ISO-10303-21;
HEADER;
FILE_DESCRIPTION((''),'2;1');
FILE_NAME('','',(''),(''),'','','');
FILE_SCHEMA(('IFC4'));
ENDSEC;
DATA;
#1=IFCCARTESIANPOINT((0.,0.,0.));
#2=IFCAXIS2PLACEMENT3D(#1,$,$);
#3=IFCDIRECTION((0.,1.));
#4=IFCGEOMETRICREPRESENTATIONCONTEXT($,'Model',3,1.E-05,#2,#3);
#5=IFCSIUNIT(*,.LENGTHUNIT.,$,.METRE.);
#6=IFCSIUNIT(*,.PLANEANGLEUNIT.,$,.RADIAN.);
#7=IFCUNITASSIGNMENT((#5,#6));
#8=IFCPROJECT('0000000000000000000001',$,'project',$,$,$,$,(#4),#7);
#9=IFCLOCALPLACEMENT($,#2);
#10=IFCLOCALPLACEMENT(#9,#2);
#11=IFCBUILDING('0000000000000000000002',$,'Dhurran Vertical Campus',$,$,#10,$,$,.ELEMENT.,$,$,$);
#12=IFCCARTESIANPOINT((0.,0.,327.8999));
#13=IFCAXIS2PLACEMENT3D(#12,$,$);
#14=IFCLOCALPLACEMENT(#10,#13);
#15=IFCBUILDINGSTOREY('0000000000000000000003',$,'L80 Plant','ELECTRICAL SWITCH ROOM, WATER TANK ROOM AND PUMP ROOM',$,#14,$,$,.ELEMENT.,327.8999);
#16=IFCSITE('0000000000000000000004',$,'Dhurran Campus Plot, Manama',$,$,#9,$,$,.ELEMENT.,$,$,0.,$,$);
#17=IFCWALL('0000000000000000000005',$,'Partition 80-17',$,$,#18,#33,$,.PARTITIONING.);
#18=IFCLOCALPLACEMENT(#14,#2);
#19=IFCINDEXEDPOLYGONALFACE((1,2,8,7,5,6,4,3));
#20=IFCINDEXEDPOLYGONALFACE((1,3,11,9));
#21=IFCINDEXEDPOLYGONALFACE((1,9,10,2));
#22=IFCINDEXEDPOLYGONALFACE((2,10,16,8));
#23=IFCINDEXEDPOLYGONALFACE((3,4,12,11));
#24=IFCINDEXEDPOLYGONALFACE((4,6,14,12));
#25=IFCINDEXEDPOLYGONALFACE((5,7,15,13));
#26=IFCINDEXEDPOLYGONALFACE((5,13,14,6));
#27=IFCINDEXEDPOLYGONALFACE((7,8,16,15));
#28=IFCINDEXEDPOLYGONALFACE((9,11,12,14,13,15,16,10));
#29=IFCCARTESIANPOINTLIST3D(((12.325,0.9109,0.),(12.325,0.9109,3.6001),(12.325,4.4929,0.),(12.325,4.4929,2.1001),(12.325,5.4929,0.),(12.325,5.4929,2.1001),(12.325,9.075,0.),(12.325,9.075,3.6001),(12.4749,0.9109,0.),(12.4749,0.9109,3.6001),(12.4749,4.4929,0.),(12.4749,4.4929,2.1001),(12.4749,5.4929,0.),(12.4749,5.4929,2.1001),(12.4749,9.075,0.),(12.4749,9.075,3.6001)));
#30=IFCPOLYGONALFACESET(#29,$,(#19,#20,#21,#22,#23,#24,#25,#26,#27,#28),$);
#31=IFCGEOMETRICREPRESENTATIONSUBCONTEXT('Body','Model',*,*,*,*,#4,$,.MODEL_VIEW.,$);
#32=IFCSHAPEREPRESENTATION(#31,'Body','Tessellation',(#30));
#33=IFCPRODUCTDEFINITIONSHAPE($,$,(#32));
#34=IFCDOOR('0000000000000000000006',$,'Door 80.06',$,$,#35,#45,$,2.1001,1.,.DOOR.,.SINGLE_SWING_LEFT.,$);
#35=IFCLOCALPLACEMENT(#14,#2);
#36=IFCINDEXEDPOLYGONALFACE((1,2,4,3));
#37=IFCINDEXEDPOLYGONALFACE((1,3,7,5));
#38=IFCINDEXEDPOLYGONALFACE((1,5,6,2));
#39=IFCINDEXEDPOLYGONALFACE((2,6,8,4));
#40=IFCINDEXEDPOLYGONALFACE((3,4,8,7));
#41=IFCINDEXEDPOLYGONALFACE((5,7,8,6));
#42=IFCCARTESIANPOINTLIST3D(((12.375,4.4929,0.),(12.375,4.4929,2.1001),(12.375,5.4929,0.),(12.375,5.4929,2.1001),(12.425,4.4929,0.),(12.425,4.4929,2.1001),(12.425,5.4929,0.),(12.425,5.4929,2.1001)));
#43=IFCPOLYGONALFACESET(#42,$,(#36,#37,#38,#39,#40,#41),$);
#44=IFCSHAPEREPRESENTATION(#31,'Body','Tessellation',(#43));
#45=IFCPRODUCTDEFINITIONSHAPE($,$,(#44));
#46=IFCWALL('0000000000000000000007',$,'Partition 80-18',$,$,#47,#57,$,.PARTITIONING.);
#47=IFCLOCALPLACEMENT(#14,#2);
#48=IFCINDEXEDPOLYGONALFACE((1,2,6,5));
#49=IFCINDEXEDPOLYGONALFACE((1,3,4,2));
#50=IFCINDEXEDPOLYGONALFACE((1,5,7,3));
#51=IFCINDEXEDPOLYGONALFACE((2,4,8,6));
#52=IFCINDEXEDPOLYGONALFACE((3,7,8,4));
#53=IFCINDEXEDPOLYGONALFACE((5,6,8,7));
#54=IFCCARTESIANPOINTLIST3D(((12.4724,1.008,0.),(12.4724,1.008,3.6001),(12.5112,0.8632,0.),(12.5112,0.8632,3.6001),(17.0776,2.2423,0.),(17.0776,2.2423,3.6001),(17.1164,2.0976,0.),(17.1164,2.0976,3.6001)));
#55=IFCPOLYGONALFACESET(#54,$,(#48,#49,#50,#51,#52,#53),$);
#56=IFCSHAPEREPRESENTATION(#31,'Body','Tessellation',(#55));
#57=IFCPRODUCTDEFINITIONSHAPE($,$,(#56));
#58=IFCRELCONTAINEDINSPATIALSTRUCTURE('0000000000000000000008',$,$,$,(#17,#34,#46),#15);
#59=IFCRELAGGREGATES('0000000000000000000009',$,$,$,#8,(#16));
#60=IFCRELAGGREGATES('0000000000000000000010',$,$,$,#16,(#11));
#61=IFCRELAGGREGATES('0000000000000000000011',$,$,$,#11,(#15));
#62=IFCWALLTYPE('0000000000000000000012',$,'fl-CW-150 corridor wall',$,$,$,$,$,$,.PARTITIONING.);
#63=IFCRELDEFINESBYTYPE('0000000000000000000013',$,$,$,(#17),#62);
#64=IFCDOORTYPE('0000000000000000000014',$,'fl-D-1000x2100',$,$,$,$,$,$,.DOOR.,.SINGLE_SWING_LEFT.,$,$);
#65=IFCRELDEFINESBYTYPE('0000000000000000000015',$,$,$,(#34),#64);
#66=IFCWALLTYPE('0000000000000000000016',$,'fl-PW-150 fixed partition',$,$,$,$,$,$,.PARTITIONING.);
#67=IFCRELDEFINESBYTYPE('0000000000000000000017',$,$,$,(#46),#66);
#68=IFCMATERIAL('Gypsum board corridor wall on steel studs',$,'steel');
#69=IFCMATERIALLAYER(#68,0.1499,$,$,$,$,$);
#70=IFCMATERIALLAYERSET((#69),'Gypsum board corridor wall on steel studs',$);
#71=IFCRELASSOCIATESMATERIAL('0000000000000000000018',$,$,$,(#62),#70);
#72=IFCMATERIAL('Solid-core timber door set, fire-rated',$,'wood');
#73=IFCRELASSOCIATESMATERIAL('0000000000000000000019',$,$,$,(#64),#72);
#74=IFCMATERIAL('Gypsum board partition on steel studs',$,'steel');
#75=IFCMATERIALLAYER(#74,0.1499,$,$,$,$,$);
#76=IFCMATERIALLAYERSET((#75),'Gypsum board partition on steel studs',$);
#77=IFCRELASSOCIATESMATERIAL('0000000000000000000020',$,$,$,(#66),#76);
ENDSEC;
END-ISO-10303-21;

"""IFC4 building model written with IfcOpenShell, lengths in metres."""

from ifc_helpers import new_model, si_unit, direction, frame, frame_2d, origin, place, context, subcontext, project, spatial, rectangle, extrude, material, layer, layer_set, type_object, element, fill, save


model = new_model("IFC4")

# Units and contexts
model_context = context("Model", 3, precision=1e-05, world=origin(), true_north=direction((0.0, 1.0)))
body_context = subcontext(model_context, "Body", "Model", "MODEL_VIEW")
ifc_project = project(units=[si_unit("LENGTHUNIT", "METRE"), si_unit("PLANEANGLEUNIT", "RADIAN")], contexts=[model_context])

# Site, building, storey
site_placement = place(None, origin())
site = spatial("IfcSite", under=ifc_project, at=site_placement, Name="Dhurran Campus Plot, Manama", CompositionType="ELEMENT", RefElevation=0.0)
building_placement = place(site_placement, origin())
building = spatial("IfcBuilding", under=site, at=building_placement, Name="Dhurran Vertical Campus", CompositionType="ELEMENT")
storey_placement = place(building_placement, frame((0.0, 0.0, 327.8999)))
storey = spatial("IfcBuildingStorey", under=building, at=storey_placement, Name="L80 Plant", Description="ELECTRICAL SWITCH ROOM, WATER TANK ROOM AND PUMP ROOM", CompositionType="ELEMENT", Elevation=327.8999)

# Shared definitions
ifc_material_1 = material(Name="Gypsum board corridor wall on steel studs", Category="steel")
ifc_layer_1 = layer(ifc_material_1, 0.1499)
ifc_layer_set_1 = layer_set([ifc_layer_1], Name="Gypsum board corridor wall on steel studs")
wall_type_1 = type_object("IfcWallType", Name="fl-CW-150 corridor wall", PredefinedType="PARTITIONING", material=ifc_layer_set_1)

# Wall, opening, door
wall_1_placement = place(storey_placement, frame((12.3999, 0.9109, 0.0), z_axis=(0.0, 0.0, 1.0), x_axis=(0.0, 1.0, 0.0)))
wall_1 = element("IfcWall", 1, at=wall_1_placement, inside=storey, type_object=wall_type_1, Name="Partition 80-17", PredefinedType="PARTITIONING", context=body_context, shape_type="SweptSolid", body=[
    extrude(rectangle(XDim=8.1641, YDim=0.1499, at=frame_2d((4.082, 0.0))), origin(), (0.0, 0.0, 1.0), 3.6001),
])
opening_placement = place(wall_1_placement, frame((3.582, 0.0, 0.0)))
opening = element("IfcOpeningElement", 2, at=opening_placement, cuts=wall_1, PredefinedType="OPENING", context=body_context, shape_type="SweptSolid", body=[
    extrude(rectangle(XDim=1.0, YDim=2.1001, at=frame_2d((0.5, 1.05))), frame((0.0, 0.085, 0.0), z_axis=(0.0, -1.0, 0.0), x_axis=(1.0, 0.0, 0.0)), (0.0, 0.0, 1.0), 0.1699),
])
ifc_material_2 = material(Name="Solid-core timber door set, fire-rated", Category="wood")
door_type = type_object("IfcDoorType", Name="fl-D-1000x2100", OperationType="SINGLE_SWING_LEFT", PredefinedType="DOOR", material=ifc_material_2)
door_placement = place(opening_placement, origin())
door = element("IfcDoor", 3, at=door_placement, inside=storey, type_object=door_type, Name="Door 80.06", OperationType="SINGLE_SWING_LEFT", OverallHeight=2.1001, OverallWidth=1.0, PredefinedType="DOOR", context=body_context, shape_type="SweptSolid", body=[
    extrude(rectangle(XDim=1.0, YDim=2.1001, at=frame_2d((0.5, 1.05))), frame((0.0, 0.0249, 0.0), z_axis=(0.0, -1.0, 0.0), x_axis=(1.0, 0.0, 0.0)), (0.0, 0.0, 1.0), 0.05),
])
fill(opening, door)

# Wall
ifc_material_3 = material(Name="Gypsum board partition on steel studs", Category="steel")
ifc_layer_2 = layer(ifc_material_3, 0.1499)
ifc_layer_set_2 = layer_set([ifc_layer_2], Name="Gypsum board partition on steel studs")
wall_type_2 = type_object("IfcWallType", Name="fl-PW-150 fixed partition", PredefinedType="PARTITIONING", material=ifc_layer_set_2)
wall_2_placement = place(storey_placement, frame((17.0969, 2.1699, 0.0), z_axis=(0.0, 0.0, 1.0), x_axis=(-0.965904, -0.258899, 0.0)))
element("IfcWall", 4, at=wall_2_placement, inside=storey, type_object=wall_type_2, Name="Partition 80-18", PredefinedType="PARTITIONING", context=body_context, shape_type="SweptSolid", body=[
    extrude(rectangle(XDim=4.7678, YDim=0.1499, at=frame_2d((2.3838, 0.0))), origin(), (0.0, 0.0, 1.0), 3.6001),
])

save(model, "model.ifc")
